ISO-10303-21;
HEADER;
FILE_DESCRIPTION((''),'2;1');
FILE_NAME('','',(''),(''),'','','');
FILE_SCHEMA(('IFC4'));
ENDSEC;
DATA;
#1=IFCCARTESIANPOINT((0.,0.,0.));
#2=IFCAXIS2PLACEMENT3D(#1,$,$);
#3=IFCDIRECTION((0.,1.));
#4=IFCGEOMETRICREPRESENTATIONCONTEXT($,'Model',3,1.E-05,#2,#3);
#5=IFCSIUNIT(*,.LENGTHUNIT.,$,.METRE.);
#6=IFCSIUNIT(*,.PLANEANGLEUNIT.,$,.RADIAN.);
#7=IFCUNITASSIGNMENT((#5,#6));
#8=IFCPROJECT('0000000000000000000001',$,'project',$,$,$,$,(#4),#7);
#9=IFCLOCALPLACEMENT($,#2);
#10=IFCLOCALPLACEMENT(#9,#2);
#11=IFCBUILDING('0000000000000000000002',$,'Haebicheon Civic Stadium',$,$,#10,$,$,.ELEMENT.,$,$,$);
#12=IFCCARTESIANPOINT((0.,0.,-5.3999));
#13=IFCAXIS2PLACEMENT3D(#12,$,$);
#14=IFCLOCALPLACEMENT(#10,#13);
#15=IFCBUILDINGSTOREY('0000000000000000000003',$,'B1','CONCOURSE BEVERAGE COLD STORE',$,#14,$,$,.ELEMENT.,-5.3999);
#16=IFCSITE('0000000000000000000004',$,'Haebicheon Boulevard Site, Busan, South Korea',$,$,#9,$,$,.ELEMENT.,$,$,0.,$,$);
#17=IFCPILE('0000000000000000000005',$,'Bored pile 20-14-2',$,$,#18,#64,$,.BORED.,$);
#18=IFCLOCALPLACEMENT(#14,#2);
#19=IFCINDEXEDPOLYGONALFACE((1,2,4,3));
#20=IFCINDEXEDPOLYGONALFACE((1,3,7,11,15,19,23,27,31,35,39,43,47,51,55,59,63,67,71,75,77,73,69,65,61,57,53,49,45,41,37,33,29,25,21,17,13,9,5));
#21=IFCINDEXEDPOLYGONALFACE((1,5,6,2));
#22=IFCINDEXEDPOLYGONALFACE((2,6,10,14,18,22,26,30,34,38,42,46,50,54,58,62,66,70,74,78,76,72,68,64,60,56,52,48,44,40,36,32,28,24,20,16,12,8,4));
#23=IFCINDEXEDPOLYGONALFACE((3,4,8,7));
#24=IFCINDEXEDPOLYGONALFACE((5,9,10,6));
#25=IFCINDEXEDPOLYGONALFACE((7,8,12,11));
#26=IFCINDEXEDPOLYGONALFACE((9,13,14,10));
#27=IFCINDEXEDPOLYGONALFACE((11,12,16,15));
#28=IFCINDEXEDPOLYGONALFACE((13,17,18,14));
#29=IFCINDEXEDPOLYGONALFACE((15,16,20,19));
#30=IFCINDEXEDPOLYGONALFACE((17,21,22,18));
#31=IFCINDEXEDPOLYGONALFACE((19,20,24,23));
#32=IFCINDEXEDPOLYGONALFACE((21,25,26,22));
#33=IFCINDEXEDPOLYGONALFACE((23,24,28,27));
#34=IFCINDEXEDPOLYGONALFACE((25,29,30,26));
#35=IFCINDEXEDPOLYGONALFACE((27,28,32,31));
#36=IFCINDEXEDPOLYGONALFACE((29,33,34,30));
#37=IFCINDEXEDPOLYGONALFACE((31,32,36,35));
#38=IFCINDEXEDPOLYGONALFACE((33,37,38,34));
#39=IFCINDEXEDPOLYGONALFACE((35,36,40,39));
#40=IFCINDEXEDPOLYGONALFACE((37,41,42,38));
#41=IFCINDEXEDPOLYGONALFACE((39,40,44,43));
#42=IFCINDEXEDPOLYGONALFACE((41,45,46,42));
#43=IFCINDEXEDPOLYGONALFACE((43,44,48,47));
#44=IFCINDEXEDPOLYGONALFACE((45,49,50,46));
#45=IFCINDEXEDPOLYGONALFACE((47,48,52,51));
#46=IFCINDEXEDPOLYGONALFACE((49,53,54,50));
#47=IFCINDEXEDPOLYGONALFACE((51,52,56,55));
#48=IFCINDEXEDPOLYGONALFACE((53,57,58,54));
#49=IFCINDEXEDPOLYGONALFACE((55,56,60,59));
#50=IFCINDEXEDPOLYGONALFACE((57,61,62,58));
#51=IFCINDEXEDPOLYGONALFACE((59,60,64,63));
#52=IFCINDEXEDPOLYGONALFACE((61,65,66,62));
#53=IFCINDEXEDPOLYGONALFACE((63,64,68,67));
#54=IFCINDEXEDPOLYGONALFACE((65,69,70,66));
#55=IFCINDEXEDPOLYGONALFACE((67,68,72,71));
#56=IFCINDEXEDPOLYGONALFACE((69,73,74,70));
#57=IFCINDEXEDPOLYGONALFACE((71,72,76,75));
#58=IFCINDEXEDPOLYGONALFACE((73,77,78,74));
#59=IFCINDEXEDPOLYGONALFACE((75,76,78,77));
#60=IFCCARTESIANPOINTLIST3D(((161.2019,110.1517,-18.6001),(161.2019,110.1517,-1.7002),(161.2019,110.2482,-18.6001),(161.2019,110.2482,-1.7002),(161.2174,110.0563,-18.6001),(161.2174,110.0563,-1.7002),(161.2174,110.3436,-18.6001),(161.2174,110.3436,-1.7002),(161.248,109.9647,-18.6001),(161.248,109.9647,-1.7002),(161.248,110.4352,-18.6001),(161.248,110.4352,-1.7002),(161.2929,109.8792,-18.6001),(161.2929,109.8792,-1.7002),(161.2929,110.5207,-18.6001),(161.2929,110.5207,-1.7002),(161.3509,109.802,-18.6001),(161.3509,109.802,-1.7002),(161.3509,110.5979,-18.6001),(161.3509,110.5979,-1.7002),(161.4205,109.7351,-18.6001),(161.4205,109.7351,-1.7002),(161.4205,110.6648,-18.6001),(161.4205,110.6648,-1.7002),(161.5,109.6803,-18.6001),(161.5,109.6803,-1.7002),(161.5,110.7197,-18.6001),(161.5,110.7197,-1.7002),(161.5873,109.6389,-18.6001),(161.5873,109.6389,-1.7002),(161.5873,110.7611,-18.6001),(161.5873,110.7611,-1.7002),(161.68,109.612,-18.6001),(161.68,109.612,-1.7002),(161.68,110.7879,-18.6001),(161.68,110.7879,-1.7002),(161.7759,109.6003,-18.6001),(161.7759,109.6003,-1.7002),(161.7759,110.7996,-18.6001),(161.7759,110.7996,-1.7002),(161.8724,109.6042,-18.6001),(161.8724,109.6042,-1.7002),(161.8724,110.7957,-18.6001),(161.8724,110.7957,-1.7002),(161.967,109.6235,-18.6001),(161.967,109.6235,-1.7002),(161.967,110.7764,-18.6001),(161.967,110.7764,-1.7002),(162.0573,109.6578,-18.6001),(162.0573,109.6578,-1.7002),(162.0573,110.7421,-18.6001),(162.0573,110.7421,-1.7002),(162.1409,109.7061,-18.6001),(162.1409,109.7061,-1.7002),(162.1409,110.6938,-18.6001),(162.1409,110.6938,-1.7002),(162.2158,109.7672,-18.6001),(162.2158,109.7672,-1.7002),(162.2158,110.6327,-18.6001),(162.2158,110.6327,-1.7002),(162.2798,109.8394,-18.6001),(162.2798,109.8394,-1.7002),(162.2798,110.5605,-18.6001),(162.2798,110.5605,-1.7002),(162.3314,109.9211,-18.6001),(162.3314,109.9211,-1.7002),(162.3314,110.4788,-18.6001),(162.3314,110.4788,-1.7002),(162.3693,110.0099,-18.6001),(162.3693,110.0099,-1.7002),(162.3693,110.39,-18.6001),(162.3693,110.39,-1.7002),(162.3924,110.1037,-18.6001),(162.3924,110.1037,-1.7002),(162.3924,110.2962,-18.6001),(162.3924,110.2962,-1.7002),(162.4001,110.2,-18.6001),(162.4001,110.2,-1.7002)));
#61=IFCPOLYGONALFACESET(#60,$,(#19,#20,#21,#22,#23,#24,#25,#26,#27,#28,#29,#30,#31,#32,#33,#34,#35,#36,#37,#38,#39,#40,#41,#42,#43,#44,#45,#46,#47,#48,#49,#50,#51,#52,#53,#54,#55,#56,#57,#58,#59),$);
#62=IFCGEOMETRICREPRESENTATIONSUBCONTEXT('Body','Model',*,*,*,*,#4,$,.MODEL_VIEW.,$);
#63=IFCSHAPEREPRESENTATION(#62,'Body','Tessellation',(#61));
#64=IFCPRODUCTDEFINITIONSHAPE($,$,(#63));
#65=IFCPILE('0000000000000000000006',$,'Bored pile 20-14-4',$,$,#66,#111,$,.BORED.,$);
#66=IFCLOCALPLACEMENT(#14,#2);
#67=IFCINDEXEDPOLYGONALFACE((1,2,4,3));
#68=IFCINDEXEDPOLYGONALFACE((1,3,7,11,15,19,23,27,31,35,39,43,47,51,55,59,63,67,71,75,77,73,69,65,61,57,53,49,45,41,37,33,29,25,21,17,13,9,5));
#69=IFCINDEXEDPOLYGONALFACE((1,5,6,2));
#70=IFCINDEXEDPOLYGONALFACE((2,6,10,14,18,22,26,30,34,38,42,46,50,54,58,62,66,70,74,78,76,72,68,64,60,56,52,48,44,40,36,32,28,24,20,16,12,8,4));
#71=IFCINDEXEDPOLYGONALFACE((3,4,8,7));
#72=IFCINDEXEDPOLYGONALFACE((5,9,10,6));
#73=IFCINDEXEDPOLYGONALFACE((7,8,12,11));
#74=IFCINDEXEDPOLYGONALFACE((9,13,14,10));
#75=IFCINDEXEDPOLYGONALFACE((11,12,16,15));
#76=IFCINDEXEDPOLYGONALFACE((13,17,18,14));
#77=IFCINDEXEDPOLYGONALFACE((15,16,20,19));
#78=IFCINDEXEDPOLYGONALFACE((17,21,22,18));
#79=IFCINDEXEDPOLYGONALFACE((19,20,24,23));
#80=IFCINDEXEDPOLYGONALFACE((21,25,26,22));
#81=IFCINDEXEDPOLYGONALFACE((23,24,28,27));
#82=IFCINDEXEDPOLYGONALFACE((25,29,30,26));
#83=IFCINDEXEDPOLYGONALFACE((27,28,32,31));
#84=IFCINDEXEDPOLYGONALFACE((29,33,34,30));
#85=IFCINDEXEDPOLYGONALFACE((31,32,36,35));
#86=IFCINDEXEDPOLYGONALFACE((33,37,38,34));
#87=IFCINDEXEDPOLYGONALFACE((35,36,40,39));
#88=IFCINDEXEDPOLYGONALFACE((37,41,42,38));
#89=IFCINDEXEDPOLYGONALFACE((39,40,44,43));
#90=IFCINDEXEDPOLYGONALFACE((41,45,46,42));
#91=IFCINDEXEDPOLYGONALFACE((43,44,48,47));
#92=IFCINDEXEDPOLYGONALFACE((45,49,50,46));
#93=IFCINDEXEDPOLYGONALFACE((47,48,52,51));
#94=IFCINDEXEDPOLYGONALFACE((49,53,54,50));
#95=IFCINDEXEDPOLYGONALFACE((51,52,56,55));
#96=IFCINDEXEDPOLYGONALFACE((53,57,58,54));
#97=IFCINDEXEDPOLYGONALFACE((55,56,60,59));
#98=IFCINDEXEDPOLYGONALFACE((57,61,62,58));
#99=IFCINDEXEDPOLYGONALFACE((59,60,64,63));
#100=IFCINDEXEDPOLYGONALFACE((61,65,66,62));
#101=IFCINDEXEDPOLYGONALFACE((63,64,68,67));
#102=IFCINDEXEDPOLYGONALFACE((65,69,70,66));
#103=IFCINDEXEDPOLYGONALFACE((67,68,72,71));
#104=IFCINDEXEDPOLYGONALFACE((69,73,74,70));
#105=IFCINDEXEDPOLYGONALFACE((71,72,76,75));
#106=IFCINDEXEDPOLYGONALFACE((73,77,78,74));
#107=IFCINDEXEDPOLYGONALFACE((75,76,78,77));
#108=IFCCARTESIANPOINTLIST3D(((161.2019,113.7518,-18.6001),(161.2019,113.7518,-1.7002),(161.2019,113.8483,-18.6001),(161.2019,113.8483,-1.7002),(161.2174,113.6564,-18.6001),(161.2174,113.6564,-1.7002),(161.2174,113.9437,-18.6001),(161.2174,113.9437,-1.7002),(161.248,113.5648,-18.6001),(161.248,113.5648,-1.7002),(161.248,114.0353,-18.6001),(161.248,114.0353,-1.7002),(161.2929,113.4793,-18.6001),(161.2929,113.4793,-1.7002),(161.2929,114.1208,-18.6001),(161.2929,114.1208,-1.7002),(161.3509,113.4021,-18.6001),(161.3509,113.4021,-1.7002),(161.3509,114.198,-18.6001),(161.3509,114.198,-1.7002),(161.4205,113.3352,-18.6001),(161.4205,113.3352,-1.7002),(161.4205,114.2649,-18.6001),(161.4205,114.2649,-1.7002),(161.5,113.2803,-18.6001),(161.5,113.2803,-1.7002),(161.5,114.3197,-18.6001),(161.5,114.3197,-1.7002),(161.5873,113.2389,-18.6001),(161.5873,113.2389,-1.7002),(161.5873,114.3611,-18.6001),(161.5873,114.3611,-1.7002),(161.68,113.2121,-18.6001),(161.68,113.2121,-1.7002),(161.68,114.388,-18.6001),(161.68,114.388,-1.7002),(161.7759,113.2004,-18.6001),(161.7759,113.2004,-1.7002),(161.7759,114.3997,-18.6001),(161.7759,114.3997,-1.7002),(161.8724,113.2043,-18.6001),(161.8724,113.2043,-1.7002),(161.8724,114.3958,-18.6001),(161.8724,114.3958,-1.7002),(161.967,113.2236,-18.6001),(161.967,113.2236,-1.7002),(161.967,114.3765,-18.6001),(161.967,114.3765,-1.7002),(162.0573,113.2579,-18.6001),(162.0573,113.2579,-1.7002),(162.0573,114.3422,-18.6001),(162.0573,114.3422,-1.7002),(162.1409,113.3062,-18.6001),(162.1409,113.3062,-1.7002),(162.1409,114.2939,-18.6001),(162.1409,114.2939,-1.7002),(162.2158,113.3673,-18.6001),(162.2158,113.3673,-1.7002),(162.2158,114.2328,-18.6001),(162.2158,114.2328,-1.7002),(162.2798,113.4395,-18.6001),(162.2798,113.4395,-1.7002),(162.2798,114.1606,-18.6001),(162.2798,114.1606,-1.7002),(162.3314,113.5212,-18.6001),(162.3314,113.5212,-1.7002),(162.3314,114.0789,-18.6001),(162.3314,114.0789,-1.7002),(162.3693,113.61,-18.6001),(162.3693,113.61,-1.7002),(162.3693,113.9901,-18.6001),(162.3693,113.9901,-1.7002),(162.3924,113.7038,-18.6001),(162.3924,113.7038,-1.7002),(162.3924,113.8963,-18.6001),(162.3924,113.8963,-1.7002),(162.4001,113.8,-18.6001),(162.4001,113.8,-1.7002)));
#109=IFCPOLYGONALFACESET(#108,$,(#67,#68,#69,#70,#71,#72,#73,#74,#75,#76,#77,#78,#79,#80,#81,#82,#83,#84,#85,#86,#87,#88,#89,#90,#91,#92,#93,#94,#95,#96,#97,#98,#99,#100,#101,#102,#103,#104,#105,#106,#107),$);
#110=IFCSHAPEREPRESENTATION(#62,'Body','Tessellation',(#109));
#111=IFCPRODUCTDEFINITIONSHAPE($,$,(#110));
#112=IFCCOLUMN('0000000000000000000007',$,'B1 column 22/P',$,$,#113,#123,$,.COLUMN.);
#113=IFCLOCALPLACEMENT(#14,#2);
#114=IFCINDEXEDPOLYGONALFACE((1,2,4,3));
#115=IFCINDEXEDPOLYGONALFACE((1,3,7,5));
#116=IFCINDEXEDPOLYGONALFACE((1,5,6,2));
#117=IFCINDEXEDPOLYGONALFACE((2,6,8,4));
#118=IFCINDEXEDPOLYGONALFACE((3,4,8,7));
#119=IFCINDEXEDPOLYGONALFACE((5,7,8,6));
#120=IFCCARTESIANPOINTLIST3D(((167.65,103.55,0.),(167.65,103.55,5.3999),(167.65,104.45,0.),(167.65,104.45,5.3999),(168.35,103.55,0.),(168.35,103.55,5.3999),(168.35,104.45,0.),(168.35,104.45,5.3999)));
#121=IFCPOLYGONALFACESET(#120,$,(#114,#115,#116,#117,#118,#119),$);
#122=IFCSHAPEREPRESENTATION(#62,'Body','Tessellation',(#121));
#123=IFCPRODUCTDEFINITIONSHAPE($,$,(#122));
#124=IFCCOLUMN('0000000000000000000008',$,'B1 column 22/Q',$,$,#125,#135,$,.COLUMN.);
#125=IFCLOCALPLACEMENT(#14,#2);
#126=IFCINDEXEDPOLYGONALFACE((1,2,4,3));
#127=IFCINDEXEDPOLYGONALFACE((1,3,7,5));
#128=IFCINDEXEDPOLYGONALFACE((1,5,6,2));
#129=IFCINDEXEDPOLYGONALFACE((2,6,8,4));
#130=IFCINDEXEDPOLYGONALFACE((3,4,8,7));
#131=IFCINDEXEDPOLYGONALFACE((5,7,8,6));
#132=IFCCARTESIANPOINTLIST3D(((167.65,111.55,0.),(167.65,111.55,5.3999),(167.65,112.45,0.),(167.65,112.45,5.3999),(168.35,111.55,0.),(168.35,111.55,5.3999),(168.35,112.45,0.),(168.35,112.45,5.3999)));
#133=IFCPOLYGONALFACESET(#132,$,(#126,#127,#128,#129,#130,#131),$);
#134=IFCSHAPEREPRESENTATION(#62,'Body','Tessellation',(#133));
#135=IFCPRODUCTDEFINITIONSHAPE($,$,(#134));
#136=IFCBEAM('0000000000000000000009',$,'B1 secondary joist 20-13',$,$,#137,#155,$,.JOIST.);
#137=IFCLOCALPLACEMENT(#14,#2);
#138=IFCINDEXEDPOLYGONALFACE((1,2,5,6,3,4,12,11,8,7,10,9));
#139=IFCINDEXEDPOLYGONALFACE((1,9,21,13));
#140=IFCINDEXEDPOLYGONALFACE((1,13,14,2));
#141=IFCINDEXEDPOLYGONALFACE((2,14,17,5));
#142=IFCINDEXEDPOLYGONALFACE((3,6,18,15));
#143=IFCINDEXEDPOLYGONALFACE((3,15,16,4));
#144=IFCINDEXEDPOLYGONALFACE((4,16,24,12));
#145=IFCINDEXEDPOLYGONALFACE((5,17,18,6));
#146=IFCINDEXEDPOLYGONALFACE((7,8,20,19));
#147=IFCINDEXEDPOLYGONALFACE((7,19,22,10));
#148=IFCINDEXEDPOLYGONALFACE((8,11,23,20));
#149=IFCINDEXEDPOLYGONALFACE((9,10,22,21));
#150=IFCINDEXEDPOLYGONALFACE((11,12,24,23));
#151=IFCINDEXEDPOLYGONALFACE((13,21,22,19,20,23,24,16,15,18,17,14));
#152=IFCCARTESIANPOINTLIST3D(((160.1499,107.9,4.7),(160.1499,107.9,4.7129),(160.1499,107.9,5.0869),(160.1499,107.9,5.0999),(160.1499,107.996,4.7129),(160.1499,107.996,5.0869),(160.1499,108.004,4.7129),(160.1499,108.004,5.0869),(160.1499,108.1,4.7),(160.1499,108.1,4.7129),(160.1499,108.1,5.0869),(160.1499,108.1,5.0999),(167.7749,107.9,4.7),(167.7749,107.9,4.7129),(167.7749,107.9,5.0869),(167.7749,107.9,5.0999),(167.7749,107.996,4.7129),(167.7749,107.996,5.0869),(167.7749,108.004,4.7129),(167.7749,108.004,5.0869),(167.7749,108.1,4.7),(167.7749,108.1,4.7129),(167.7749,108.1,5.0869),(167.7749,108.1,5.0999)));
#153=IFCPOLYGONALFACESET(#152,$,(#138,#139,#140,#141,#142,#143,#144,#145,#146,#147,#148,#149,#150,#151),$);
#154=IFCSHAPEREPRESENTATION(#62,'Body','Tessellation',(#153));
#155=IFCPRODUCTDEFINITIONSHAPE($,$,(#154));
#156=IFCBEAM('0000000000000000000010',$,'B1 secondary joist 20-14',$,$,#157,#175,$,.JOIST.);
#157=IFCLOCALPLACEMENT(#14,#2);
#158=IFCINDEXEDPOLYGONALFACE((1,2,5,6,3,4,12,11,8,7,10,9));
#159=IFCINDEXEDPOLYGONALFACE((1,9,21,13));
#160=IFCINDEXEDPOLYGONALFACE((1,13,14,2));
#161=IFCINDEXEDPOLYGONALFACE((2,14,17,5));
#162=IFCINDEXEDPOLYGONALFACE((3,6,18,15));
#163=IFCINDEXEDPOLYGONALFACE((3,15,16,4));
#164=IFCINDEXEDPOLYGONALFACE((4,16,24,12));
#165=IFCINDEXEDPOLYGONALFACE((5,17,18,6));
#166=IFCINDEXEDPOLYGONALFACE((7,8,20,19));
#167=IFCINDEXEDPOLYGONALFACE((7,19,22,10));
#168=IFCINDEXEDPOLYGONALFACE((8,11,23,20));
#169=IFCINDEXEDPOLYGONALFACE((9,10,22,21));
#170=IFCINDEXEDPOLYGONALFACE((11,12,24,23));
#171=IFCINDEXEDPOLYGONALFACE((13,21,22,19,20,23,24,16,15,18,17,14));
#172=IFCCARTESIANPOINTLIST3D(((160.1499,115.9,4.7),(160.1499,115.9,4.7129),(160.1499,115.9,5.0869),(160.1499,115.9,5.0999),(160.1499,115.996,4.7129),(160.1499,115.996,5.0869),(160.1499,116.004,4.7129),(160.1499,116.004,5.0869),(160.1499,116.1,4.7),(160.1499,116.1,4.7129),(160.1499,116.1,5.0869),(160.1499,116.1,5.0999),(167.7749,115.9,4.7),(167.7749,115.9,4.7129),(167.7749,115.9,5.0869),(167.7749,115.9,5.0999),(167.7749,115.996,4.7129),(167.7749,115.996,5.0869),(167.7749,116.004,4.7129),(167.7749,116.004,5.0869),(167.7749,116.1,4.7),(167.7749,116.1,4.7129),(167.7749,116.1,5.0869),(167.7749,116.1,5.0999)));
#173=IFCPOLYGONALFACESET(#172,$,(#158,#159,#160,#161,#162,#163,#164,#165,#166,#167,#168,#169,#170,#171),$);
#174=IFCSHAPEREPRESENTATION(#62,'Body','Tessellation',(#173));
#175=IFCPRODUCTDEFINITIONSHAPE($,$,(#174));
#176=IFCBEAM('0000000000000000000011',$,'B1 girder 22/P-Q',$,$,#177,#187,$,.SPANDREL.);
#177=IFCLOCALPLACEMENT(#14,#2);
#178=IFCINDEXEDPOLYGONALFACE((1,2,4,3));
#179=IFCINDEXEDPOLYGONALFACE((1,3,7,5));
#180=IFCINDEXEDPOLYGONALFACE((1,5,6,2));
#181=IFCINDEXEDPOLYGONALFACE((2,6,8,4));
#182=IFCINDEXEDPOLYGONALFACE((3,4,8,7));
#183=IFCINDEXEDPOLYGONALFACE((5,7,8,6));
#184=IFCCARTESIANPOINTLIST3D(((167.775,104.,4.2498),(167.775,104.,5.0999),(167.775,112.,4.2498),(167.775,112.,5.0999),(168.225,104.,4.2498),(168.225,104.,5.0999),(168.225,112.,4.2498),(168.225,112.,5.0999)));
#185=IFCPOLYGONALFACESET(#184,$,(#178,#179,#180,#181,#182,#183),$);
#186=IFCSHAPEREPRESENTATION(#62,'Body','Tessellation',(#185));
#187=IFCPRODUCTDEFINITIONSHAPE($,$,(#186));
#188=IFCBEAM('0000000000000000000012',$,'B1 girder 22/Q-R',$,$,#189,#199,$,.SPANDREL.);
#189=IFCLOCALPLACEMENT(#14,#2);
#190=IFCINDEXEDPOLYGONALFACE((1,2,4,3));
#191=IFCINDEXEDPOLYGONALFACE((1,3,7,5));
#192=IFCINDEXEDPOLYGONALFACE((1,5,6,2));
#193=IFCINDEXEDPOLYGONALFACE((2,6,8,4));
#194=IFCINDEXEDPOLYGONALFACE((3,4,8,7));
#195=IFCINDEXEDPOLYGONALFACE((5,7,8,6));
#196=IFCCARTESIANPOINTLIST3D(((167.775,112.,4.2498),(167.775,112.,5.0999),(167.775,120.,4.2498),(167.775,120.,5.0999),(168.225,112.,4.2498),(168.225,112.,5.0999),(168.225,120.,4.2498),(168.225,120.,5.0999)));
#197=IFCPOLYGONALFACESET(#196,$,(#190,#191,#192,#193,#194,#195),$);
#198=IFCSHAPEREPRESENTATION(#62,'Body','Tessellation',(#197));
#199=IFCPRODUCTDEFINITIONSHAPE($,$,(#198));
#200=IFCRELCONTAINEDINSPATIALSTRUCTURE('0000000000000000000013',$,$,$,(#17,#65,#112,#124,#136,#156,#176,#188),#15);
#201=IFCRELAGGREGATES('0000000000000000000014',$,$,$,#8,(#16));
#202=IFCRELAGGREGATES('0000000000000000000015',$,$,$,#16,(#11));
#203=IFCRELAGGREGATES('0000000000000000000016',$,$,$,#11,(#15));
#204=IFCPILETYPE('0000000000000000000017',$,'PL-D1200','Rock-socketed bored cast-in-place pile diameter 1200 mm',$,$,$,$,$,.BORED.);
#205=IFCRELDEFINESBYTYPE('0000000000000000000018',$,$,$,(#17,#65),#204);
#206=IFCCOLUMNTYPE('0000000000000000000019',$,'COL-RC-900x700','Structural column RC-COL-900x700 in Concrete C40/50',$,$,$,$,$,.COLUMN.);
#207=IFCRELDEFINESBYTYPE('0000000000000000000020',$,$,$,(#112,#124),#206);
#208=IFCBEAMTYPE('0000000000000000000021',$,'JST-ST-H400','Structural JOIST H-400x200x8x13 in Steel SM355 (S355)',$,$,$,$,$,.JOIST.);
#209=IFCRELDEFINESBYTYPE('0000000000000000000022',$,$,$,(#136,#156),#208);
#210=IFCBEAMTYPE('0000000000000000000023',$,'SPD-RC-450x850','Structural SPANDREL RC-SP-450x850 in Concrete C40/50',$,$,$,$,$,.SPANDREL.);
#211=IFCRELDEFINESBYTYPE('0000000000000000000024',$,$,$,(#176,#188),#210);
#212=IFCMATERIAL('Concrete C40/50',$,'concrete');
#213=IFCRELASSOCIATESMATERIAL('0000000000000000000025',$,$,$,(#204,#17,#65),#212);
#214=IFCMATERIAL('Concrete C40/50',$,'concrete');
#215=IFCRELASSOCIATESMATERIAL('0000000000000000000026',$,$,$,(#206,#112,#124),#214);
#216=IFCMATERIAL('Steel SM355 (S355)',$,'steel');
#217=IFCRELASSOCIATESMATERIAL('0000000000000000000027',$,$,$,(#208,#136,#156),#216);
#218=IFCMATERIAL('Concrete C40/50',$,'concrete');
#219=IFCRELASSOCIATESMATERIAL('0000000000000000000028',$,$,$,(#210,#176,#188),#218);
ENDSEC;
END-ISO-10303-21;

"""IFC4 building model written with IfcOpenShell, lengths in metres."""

from ifc_helpers import new_model, si_unit, direction, frame, origin, origin_2d, place, context, subcontext, project, spatial, rectangle, circle, i_section, extrude, material, material_profile, profile_set, type_object, element, save


model = new_model("IFC4")

# Units and contexts
model_context = context("Model", 3, precision=1e-05, world=origin(), true_north=direction((0.0, 1.0)))
body_context = subcontext(model_context, "Body", "Model", "MODEL_VIEW")
ifc_project = project(units=[si_unit("LENGTHUNIT", "METRE"), si_unit("PLANEANGLEUNIT", "RADIAN")], contexts=[model_context])

# Site, building, storey
site_placement = place(None, origin())
site = spatial("IfcSite", under=ifc_project, at=site_placement, Name="Haebicheon Boulevard Site, Busan, South Korea", CompositionType="ELEMENT", RefElevation=0.0)
building_placement = place(site_placement, origin())
building = spatial("IfcBuilding", under=site, at=building_placement, Name="Haebicheon Civic Stadium", CompositionType="ELEMENT")
storey_placement = place(building_placement, frame((0.0, 0.0, -5.3999)))
storey = spatial("IfcBuildingStorey", under=building, at=storey_placement, Name="B1", Description="CONCOURSE BEVERAGE COLD STORE", CompositionType="ELEMENT", Elevation=-5.3999)

# Piles
ifc_material_1 = material(Name="Concrete C40/50", Category="concrete")
ifc_material_profile_1 = material_profile(ifc_material_1, circle(Radius=0.6001, at=origin_2d()), Name="PILE-D1200")
ifc_profile_set_1 = profile_set([ifc_material_profile_1], Name="Concrete C40/50")
pile_type_1 = type_object("IfcPileType", Name="PL-D1200", Description="Rock-socketed bored cast-in-place pile diameter 1200 mm", PredefinedType="BORED", material=ifc_profile_set_1)
for number, where, z_axis, x_axis, name in (
    (1, (161.8, 110.2, -1.7002), (0.0, 0.0, -1.0), (1.0, 0.0, 0.0), "Bored pile 20-14-2"),
    (2, (161.8, 113.8, -1.7002), (0.0, 0.0, -1.0), (1.0, 0.0, 0.0), "Bored pile 20-14-4"),
):
    element("IfcPile", number, at=place(storey_placement, frame(where, z_axis=z_axis, x_axis=x_axis)), inside=storey, type_object=pile_type_1, material=ifc_profile_set_1, Name=name, PredefinedType="BORED", context=body_context, shape_type="SweptSolid", body=[
        extrude(circle(Radius=0.6001, at=origin_2d()), origin(), (0.0, 0.0, 1.0), 16.8999),
    ])

# Columns
ifc_material_2 = material(Name="Concrete C40/50", Category="concrete")
ifc_material_profile_2 = material_profile(ifc_material_2, rectangle(XDim=0.7, YDim=0.8999, at=origin_2d()), Name="RC-COL-900x700")
ifc_profile_set_2 = profile_set([ifc_material_profile_2], Name="Concrete C40/50")
column_type = type_object("IfcColumnType", Name="COL-RC-900x700", Description="Structural column RC-COL-900x700 in Concrete C40/50", PredefinedType="COLUMN", material=ifc_profile_set_2)
for number, where, z_axis, x_axis, name in (
    (3, (168.0, 104.0, 0.0), (0.0, 0.0, 1.0), (1.0, 0.0, 0.0), "B1 column 22/P"),
    (4, (168.0, 112.0, 0.0), (0.0, 0.0, 1.0), (1.0, 0.0, 0.0), "B1 column 22/Q"),
):
    element("IfcColumn", number, at=place(storey_placement, frame(where, z_axis=z_axis, x_axis=x_axis)), inside=storey, type_object=column_type, material=ifc_profile_set_2, Name=name, PredefinedType="COLUMN", context=body_context, shape_type="SweptSolid", body=[
        extrude(rectangle(XDim=0.7, YDim=0.8999, at=origin_2d()), origin(), (0.0, 0.0, 1.0), 5.3999),
    ])

# Beams
ifc_material_3 = material(Name="Steel SM355 (S355)", Category="steel")
ifc_material_profile_3 = material_profile(ifc_material_3, i_section(OverallWidth=0.2, OverallDepth=0.3999, WebThickness=0.0081, FlangeThickness=0.0129, at=origin_2d()), Name="H-400x200x8x13")
ifc_profile_set_3 = profile_set([ifc_material_profile_3], Name="Steel SM355 (S355)")
beam_type_1 = type_object("IfcBeamType", Name="JST-ST-H400", Description="Structural JOIST H-400x200x8x13 in Steel SM355 (S355)", PredefinedType="JOIST", material=ifc_profile_set_3)
for number, where, z_axis, x_axis, name in (
    (5, (160.1499, 108.0, 4.8999), (1.0, 0.0, 0.0), (0.0, 1.0, 0.0), "B1 secondary joist 20-13"),
    (6, (160.1499, 116.0, 4.8999), (1.0, 0.0, 0.0), (0.0, 1.0, 0.0), "B1 secondary joist 20-14"),
):
    element("IfcBeam", number, at=place(storey_placement, frame(where, z_axis=z_axis, x_axis=x_axis)), inside=storey, type_object=beam_type_1, material=ifc_profile_set_3, Name=name, PredefinedType="JOIST", context=body_context, shape_type="SweptSolid", body=[
        extrude(i_section(OverallWidth=0.2, OverallDepth=0.3999, WebThickness=0.0081, FlangeThickness=0.0129, at=origin_2d()), origin(), (0.0, 0.0, 1.0), 7.625),
    ])
ifc_material_4 = material(Name="Concrete C40/50", Category="concrete")
ifc_material_profile_4 = material_profile(ifc_material_4, rectangle(XDim=0.45, YDim=0.8501, at=origin_2d()), Name="RC-SP-450x850")
ifc_profile_set_4 = profile_set([ifc_material_profile_4], Name="Concrete C40/50")
beam_type_2 = type_object("IfcBeamType", Name="SPD-RC-450x850", Description="Structural SPANDREL RC-SP-450x850 in Concrete C40/50", PredefinedType="SPANDREL", material=ifc_profile_set_4)
for number, where, z_axis, x_axis, name in (
    (7, (168.0, 104.0, 4.6748), (0.0, 1.0, 0.0), (-1.0, 0.0, 0.0), "B1 girder 22/P-Q"),
    (8, (168.0, 112.0, 4.6748), (0.0, 1.0, 0.0), (-1.0, 0.0, 0.0), "B1 girder 22/Q-R"),
):
    element("IfcBeam", number, at=place(storey_placement, frame(where, z_axis=z_axis, x_axis=x_axis)), inside=storey, type_object=beam_type_2, material=ifc_profile_set_4, Name=name, PredefinedType="SPANDREL", context=body_context, shape_type="SweptSolid", body=[
        extrude(rectangle(XDim=0.45, YDim=0.8501, at=origin_2d()), origin(), (0.0, 0.0, 1.0), 8.0),
    ])

save(model, "model.ifc")
